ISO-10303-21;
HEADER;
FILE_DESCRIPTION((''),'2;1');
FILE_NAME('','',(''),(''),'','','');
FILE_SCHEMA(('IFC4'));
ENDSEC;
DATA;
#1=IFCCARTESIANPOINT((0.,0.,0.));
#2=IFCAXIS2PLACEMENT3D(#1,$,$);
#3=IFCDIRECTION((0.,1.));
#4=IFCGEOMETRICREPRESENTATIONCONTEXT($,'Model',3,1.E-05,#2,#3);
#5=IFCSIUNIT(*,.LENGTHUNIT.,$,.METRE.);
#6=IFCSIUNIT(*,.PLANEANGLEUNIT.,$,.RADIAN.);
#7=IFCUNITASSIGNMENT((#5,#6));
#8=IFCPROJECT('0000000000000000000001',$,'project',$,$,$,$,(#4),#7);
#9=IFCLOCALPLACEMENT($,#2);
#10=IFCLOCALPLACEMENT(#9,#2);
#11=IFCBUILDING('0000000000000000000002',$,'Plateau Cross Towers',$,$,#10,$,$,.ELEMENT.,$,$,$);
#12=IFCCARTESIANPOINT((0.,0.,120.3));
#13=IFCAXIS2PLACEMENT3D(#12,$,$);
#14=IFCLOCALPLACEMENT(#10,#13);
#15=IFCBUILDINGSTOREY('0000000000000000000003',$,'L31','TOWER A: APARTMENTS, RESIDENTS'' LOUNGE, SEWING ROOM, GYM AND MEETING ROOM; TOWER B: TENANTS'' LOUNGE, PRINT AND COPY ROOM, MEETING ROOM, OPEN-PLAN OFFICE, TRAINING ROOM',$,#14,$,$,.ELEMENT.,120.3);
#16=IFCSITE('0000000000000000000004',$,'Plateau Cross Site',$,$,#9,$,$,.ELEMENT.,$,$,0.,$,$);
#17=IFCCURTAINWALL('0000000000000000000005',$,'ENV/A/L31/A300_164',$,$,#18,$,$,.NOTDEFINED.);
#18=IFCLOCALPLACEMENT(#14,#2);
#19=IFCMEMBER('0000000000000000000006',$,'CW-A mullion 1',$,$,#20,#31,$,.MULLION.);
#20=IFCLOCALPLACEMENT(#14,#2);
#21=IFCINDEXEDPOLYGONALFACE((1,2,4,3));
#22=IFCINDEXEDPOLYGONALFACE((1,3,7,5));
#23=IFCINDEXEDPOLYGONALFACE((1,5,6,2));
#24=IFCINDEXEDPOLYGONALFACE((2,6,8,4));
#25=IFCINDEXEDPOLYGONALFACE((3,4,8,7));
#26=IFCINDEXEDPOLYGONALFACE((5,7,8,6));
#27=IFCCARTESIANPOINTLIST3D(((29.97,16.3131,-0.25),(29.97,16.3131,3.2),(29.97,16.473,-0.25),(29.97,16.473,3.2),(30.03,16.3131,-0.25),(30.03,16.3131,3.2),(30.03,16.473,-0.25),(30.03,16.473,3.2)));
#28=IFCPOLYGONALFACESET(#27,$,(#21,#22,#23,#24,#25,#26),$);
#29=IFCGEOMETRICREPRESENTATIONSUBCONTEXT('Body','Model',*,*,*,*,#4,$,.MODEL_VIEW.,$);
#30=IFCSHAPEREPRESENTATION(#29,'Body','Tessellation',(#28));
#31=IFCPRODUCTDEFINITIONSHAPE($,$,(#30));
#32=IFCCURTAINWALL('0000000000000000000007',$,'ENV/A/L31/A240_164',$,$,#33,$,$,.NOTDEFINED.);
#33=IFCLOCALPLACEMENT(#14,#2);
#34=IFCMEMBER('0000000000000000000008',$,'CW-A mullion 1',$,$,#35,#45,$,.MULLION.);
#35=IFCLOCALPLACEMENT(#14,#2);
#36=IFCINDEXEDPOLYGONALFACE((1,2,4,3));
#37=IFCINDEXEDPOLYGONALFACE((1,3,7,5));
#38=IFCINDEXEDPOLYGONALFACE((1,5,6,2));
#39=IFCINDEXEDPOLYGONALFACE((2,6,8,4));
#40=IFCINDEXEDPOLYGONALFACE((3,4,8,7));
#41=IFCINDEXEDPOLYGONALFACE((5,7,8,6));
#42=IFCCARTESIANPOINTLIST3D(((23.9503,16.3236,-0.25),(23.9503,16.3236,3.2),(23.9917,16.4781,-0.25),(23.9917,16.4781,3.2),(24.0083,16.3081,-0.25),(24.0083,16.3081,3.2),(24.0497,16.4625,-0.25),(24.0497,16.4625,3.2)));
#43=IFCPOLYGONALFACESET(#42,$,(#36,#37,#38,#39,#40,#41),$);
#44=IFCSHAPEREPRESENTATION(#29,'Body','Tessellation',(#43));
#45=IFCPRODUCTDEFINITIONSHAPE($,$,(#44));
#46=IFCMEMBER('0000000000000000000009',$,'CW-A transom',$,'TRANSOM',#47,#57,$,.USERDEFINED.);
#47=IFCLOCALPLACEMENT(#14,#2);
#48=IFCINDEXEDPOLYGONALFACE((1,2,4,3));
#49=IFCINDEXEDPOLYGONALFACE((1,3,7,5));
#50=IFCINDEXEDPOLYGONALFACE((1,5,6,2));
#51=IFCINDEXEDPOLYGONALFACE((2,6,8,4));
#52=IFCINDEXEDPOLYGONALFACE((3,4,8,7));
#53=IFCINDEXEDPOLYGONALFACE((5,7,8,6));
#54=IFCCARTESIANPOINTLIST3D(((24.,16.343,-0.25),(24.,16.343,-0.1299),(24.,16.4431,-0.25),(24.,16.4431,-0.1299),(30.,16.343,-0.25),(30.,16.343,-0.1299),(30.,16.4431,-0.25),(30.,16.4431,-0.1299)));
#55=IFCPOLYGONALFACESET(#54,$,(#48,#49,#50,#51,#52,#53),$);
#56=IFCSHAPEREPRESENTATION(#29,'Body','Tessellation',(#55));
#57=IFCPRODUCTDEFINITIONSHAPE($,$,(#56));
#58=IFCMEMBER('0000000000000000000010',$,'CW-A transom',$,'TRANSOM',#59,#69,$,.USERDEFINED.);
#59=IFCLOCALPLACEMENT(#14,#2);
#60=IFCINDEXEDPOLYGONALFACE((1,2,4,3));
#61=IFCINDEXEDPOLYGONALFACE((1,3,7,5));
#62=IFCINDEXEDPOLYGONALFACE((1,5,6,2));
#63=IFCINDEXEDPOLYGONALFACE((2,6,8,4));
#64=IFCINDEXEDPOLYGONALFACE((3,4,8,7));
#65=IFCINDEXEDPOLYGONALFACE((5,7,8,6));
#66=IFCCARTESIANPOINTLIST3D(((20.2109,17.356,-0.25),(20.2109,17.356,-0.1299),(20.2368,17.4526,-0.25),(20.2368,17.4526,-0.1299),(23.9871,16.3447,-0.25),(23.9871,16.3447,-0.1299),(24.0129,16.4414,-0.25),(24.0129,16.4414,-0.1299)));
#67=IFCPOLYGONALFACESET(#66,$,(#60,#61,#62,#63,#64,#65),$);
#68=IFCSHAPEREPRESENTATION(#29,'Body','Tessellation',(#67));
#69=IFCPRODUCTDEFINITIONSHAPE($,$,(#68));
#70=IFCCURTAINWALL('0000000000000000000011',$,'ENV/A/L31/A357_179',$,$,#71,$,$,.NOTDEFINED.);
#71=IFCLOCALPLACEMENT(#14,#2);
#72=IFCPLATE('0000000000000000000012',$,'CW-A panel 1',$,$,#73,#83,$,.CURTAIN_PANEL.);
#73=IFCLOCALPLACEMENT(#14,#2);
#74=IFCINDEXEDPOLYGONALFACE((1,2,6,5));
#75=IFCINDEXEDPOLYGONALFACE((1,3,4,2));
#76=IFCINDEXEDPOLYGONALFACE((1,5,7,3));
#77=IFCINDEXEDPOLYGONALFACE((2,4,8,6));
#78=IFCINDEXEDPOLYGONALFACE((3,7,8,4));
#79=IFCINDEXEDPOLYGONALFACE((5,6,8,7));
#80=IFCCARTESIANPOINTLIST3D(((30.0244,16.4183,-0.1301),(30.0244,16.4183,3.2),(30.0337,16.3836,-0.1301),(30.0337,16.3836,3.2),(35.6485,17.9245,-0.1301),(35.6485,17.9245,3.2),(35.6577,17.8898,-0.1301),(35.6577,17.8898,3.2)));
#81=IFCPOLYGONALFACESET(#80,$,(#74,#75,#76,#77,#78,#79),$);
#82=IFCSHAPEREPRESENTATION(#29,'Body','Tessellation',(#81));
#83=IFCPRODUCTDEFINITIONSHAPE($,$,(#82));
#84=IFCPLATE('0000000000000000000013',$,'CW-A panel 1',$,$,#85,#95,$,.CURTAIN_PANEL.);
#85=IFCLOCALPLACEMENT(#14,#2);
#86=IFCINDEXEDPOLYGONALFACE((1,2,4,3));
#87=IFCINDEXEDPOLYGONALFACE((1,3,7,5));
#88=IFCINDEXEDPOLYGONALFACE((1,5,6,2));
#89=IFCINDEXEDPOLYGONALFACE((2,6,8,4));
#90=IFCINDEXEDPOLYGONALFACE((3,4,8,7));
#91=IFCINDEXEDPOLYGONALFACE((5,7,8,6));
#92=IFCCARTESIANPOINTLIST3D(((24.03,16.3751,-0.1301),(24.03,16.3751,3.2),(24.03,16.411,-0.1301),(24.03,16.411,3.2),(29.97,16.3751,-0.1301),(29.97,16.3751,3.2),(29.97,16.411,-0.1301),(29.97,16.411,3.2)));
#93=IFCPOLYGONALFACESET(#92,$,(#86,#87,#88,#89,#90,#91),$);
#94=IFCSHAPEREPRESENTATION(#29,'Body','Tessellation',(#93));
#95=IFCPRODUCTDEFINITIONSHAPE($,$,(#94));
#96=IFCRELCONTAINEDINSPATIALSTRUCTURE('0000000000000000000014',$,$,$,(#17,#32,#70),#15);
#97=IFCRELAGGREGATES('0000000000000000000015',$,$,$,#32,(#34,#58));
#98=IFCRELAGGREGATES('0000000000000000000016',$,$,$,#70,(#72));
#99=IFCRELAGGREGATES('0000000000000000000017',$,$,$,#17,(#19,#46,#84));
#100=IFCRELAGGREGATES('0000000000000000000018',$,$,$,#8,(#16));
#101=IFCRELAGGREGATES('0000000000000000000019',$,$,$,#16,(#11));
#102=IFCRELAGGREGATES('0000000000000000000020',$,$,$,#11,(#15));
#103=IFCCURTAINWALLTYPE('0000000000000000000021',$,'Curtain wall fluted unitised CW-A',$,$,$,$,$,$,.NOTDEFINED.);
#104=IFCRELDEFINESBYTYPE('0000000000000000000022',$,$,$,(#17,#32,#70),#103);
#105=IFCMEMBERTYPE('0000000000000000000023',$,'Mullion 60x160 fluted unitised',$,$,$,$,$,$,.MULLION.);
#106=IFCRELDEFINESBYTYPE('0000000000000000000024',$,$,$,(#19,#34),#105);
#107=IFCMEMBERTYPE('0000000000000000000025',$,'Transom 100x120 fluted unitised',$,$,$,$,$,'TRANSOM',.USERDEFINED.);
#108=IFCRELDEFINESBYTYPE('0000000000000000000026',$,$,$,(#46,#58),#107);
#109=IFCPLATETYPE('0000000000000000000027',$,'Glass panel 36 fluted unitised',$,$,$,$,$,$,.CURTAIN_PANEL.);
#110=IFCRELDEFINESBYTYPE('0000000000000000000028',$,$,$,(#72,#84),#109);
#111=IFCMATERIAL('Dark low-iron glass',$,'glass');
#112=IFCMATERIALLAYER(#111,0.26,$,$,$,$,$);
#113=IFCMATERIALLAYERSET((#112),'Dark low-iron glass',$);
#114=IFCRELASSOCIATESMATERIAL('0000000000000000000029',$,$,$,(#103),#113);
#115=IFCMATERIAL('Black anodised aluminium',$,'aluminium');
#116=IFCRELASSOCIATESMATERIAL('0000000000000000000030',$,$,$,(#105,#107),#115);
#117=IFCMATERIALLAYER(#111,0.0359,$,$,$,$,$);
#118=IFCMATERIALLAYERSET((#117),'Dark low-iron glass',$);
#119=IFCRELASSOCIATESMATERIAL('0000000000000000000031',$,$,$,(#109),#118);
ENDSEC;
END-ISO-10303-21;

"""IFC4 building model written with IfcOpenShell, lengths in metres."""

from ifc_helpers import new_model, si_unit, direction, frame, origin, origin_2d, place, context, subcontext, project, spatial, rectangle, extrude, material, layer, layer_set, material_profile, profile_set, type_object, element, aggregate, save


model = new_model("IFC4")

# Units and contexts
model_context = context("Model", 3, precision=1e-05, world=origin(), true_north=direction((0.0, 1.0)))
body_context = subcontext(model_context, "Body", "Model", "MODEL_VIEW")
ifc_project = project(units=[si_unit("LENGTHUNIT", "METRE"), si_unit("PLANEANGLEUNIT", "RADIAN")], contexts=[model_context])

# Site, building, storey
site_placement = place(None, origin())
site = spatial("IfcSite", under=ifc_project, at=site_placement, Name="Plateau Cross Site", CompositionType="ELEMENT", RefElevation=0.0)
building_placement = place(site_placement, origin())
building = spatial("IfcBuilding", under=site, at=building_placement, Name="Plateau Cross Towers", CompositionType="ELEMENT")
storey_placement = place(building_placement, frame((0.0, 0.0, 120.3)))
storey = spatial("IfcBuildingStorey", under=building, at=storey_placement, Name="L31", Description="TOWER A: APARTMENTS, RESIDENTS' LOUNGE, SEWING ROOM, GYM AND MEETING ROOM; TOWER B: TENANTS' LOUNGE, PRINT AND COPY ROOM, MEETING ROOM, OPEN-PLAN OFFICE, TRAINING ROOM", CompositionType="ELEMENT", Elevation=120.3)

# Curtain walls, members
ifc_material_1 = material(Name="Dark low-iron glass", Category="glass")
ifc_layer_1 = layer(ifc_material_1, 0.26)
ifc_layer_set_1 = layer_set([ifc_layer_1], Name="Dark low-iron glass")
curtain_wall_type = type_object("IfcCurtainWallType", Name="Curtain wall fluted unitised CW-A", PredefinedType="NOTDEFINED", material=ifc_layer_set_1)
curtain_wall_1_placement = place(storey_placement, origin())
curtain_wall_1 = element("IfcCurtainWall", 1, at=curtain_wall_1_placement, inside=storey, type_object=curtain_wall_type, Name="ENV/A/L31/A300_164", PredefinedType="NOTDEFINED")
ifc_material_2 = material(Name="Black anodised aluminium", Category="aluminium")
ifc_material_profile_1 = material_profile(ifc_material_2, rectangle(XDim=0.0601, YDim=0.1599, at=origin_2d()), Name="MULLION 60x160")
ifc_profile_set_1 = profile_set([ifc_material_profile_1], Name="Black anodised aluminium")
member_type_1 = type_object("IfcMemberType", Name="Mullion 60x160 fluted unitised", PredefinedType="MULLION", material=ifc_profile_set_1)
member_1_placement = place(storey_placement, frame((30.0, 16.3931, -0.25), z_axis=(0.0, 0.0, 1.0), x_axis=(-1.0, 0.0, 0.0)))
member_1 = element("IfcMember", 2, at=member_1_placement, type_object=member_type_1, Name="CW-A mullion 1", PredefinedType="MULLION", context=body_context, shape_type="SweptSolid", body=[
    extrude(rectangle(XDim=0.0601, YDim=0.1599, at=origin_2d()), origin(), (0.0, 0.0, 1.0), 3.45),
])
curtain_wall_2_placement = place(storey_placement, origin())
curtain_wall_2 = element("IfcCurtainWall", 3, at=curtain_wall_2_placement, inside=storey, type_object=curtain_wall_type, Name="ENV/A/L31/A240_164", PredefinedType="NOTDEFINED")
member_2_placement = place(storey_placement, frame((24.0, 16.3931, -0.25), z_axis=(0.0, 0.0, 1.0), x_axis=(-0.965958, 0.258699, 0.0)))
member_2 = element("IfcMember", 4, at=member_2_placement, type_object=member_type_1, Name="CW-A mullion 1", PredefinedType="MULLION", context=body_context, shape_type="SweptSolid", body=[
    extrude(rectangle(XDim=0.0601, YDim=0.1599, at=origin_2d()), origin(), (0.0, 0.0, 1.0), 3.45),
])

# Members
ifc_material_profile_2 = material_profile(ifc_material_2, rectangle(XDim=0.1001, YDim=0.1201, at=origin_2d()), Name="TRANSOM 100x120")
ifc_profile_set_2 = profile_set([ifc_material_profile_2], Name="Black anodised aluminium")
member_type_2 = type_object("IfcMemberType", Name="Transom 100x120 fluted unitised", ElementType="TRANSOM", PredefinedType="USERDEFINED", material=ifc_profile_set_2)
member_3_placement = place(storey_placement, frame((30.0, 16.3931, -0.1899), z_axis=(-1.0, 0.0, 0.0), x_axis=(0.0, -1.0, 0.0)))
member_3 = element("IfcMember", 5, at=member_3_placement, type_object=member_type_2, Name="CW-A transom", ObjectType="TRANSOM", PredefinedType="USERDEFINED", context=body_context, shape_type="SweptSolid", body=[
    extrude(rectangle(XDim=0.1001, YDim=0.1201, at=origin_2d()), origin(), (0.0, 0.0, 1.0), 6.0),
])
member_4_placement = place(storey_placement, frame((24.0, 16.3931, -0.1899), z_axis=(-0.965963, 0.258681, 0.0), x_axis=(-0.258681, -0.965963, 0.0)))
member_4 = element("IfcMember", 6, at=member_4_placement, type_object=member_type_2, Name="CW-A transom", ObjectType="TRANSOM", PredefinedType="USERDEFINED", context=body_context, shape_type="SweptSolid", body=[
    extrude(rectangle(XDim=0.1001, YDim=0.1201, at=origin_2d()), origin(), (0.0, 0.0, 1.0), 3.9092),
])
aggregate(curtain_wall_2, [member_2, member_4])

# Curtain wall, plate
curtain_wall_3_placement = place(storey_placement, origin())
curtain_wall_3 = element("IfcCurtainWall", 7, at=curtain_wall_3_placement, inside=storey, type_object=curtain_wall_type, Name="ENV/A/L31/A357_179", PredefinedType="NOTDEFINED")
ifc_layer_2 = layer(ifc_material_1, 0.0359)
ifc_layer_set_2 = layer_set([ifc_layer_2], Name="Dark low-iron glass")
plate_type = type_object("IfcPlateType", Name="Glass panel 36 fluted unitised", PredefinedType="CURTAIN_PANEL", material=ifc_layer_set_2)
plate_1_placement = place(storey_placement, frame((32.8411, 17.1541, -0.1301), z_axis=(0.0, 0.0, 1.0), x_axis=(-0.965958, -0.258699, 0.0)))
plate_1 = element("IfcPlate", 8, at=plate_1_placement, type_object=plate_type, Name="CW-A panel 1", PredefinedType="CURTAIN_PANEL", context=body_context, shape_type="SweptSolid", body=[
    extrude(rectangle(XDim=5.8223, YDim=0.0359, at=origin_2d()), origin(), (0.0, 0.0, 1.0), 3.3301),
])
aggregate(curtain_wall_3, [plate_1])

# Plate
plate_2_placement = place(storey_placement, frame((27.0, 16.3931, -0.1301), z_axis=(0.0, 0.0, 1.0), x_axis=(-1.0, 0.0, 0.0)))
plate_2 = element("IfcPlate", 9, at=plate_2_placement, type_object=plate_type, Name="CW-A panel 1", PredefinedType="CURTAIN_PANEL", context=body_context, shape_type="SweptSolid", body=[
    extrude(rectangle(XDim=5.9399, YDim=0.0359, at=origin_2d()), origin(), (0.0, 0.0, 1.0), 3.3301),
])
aggregate(curtain_wall_1, [member_1, member_3, plate_2])

save(model, "model.ifc")
